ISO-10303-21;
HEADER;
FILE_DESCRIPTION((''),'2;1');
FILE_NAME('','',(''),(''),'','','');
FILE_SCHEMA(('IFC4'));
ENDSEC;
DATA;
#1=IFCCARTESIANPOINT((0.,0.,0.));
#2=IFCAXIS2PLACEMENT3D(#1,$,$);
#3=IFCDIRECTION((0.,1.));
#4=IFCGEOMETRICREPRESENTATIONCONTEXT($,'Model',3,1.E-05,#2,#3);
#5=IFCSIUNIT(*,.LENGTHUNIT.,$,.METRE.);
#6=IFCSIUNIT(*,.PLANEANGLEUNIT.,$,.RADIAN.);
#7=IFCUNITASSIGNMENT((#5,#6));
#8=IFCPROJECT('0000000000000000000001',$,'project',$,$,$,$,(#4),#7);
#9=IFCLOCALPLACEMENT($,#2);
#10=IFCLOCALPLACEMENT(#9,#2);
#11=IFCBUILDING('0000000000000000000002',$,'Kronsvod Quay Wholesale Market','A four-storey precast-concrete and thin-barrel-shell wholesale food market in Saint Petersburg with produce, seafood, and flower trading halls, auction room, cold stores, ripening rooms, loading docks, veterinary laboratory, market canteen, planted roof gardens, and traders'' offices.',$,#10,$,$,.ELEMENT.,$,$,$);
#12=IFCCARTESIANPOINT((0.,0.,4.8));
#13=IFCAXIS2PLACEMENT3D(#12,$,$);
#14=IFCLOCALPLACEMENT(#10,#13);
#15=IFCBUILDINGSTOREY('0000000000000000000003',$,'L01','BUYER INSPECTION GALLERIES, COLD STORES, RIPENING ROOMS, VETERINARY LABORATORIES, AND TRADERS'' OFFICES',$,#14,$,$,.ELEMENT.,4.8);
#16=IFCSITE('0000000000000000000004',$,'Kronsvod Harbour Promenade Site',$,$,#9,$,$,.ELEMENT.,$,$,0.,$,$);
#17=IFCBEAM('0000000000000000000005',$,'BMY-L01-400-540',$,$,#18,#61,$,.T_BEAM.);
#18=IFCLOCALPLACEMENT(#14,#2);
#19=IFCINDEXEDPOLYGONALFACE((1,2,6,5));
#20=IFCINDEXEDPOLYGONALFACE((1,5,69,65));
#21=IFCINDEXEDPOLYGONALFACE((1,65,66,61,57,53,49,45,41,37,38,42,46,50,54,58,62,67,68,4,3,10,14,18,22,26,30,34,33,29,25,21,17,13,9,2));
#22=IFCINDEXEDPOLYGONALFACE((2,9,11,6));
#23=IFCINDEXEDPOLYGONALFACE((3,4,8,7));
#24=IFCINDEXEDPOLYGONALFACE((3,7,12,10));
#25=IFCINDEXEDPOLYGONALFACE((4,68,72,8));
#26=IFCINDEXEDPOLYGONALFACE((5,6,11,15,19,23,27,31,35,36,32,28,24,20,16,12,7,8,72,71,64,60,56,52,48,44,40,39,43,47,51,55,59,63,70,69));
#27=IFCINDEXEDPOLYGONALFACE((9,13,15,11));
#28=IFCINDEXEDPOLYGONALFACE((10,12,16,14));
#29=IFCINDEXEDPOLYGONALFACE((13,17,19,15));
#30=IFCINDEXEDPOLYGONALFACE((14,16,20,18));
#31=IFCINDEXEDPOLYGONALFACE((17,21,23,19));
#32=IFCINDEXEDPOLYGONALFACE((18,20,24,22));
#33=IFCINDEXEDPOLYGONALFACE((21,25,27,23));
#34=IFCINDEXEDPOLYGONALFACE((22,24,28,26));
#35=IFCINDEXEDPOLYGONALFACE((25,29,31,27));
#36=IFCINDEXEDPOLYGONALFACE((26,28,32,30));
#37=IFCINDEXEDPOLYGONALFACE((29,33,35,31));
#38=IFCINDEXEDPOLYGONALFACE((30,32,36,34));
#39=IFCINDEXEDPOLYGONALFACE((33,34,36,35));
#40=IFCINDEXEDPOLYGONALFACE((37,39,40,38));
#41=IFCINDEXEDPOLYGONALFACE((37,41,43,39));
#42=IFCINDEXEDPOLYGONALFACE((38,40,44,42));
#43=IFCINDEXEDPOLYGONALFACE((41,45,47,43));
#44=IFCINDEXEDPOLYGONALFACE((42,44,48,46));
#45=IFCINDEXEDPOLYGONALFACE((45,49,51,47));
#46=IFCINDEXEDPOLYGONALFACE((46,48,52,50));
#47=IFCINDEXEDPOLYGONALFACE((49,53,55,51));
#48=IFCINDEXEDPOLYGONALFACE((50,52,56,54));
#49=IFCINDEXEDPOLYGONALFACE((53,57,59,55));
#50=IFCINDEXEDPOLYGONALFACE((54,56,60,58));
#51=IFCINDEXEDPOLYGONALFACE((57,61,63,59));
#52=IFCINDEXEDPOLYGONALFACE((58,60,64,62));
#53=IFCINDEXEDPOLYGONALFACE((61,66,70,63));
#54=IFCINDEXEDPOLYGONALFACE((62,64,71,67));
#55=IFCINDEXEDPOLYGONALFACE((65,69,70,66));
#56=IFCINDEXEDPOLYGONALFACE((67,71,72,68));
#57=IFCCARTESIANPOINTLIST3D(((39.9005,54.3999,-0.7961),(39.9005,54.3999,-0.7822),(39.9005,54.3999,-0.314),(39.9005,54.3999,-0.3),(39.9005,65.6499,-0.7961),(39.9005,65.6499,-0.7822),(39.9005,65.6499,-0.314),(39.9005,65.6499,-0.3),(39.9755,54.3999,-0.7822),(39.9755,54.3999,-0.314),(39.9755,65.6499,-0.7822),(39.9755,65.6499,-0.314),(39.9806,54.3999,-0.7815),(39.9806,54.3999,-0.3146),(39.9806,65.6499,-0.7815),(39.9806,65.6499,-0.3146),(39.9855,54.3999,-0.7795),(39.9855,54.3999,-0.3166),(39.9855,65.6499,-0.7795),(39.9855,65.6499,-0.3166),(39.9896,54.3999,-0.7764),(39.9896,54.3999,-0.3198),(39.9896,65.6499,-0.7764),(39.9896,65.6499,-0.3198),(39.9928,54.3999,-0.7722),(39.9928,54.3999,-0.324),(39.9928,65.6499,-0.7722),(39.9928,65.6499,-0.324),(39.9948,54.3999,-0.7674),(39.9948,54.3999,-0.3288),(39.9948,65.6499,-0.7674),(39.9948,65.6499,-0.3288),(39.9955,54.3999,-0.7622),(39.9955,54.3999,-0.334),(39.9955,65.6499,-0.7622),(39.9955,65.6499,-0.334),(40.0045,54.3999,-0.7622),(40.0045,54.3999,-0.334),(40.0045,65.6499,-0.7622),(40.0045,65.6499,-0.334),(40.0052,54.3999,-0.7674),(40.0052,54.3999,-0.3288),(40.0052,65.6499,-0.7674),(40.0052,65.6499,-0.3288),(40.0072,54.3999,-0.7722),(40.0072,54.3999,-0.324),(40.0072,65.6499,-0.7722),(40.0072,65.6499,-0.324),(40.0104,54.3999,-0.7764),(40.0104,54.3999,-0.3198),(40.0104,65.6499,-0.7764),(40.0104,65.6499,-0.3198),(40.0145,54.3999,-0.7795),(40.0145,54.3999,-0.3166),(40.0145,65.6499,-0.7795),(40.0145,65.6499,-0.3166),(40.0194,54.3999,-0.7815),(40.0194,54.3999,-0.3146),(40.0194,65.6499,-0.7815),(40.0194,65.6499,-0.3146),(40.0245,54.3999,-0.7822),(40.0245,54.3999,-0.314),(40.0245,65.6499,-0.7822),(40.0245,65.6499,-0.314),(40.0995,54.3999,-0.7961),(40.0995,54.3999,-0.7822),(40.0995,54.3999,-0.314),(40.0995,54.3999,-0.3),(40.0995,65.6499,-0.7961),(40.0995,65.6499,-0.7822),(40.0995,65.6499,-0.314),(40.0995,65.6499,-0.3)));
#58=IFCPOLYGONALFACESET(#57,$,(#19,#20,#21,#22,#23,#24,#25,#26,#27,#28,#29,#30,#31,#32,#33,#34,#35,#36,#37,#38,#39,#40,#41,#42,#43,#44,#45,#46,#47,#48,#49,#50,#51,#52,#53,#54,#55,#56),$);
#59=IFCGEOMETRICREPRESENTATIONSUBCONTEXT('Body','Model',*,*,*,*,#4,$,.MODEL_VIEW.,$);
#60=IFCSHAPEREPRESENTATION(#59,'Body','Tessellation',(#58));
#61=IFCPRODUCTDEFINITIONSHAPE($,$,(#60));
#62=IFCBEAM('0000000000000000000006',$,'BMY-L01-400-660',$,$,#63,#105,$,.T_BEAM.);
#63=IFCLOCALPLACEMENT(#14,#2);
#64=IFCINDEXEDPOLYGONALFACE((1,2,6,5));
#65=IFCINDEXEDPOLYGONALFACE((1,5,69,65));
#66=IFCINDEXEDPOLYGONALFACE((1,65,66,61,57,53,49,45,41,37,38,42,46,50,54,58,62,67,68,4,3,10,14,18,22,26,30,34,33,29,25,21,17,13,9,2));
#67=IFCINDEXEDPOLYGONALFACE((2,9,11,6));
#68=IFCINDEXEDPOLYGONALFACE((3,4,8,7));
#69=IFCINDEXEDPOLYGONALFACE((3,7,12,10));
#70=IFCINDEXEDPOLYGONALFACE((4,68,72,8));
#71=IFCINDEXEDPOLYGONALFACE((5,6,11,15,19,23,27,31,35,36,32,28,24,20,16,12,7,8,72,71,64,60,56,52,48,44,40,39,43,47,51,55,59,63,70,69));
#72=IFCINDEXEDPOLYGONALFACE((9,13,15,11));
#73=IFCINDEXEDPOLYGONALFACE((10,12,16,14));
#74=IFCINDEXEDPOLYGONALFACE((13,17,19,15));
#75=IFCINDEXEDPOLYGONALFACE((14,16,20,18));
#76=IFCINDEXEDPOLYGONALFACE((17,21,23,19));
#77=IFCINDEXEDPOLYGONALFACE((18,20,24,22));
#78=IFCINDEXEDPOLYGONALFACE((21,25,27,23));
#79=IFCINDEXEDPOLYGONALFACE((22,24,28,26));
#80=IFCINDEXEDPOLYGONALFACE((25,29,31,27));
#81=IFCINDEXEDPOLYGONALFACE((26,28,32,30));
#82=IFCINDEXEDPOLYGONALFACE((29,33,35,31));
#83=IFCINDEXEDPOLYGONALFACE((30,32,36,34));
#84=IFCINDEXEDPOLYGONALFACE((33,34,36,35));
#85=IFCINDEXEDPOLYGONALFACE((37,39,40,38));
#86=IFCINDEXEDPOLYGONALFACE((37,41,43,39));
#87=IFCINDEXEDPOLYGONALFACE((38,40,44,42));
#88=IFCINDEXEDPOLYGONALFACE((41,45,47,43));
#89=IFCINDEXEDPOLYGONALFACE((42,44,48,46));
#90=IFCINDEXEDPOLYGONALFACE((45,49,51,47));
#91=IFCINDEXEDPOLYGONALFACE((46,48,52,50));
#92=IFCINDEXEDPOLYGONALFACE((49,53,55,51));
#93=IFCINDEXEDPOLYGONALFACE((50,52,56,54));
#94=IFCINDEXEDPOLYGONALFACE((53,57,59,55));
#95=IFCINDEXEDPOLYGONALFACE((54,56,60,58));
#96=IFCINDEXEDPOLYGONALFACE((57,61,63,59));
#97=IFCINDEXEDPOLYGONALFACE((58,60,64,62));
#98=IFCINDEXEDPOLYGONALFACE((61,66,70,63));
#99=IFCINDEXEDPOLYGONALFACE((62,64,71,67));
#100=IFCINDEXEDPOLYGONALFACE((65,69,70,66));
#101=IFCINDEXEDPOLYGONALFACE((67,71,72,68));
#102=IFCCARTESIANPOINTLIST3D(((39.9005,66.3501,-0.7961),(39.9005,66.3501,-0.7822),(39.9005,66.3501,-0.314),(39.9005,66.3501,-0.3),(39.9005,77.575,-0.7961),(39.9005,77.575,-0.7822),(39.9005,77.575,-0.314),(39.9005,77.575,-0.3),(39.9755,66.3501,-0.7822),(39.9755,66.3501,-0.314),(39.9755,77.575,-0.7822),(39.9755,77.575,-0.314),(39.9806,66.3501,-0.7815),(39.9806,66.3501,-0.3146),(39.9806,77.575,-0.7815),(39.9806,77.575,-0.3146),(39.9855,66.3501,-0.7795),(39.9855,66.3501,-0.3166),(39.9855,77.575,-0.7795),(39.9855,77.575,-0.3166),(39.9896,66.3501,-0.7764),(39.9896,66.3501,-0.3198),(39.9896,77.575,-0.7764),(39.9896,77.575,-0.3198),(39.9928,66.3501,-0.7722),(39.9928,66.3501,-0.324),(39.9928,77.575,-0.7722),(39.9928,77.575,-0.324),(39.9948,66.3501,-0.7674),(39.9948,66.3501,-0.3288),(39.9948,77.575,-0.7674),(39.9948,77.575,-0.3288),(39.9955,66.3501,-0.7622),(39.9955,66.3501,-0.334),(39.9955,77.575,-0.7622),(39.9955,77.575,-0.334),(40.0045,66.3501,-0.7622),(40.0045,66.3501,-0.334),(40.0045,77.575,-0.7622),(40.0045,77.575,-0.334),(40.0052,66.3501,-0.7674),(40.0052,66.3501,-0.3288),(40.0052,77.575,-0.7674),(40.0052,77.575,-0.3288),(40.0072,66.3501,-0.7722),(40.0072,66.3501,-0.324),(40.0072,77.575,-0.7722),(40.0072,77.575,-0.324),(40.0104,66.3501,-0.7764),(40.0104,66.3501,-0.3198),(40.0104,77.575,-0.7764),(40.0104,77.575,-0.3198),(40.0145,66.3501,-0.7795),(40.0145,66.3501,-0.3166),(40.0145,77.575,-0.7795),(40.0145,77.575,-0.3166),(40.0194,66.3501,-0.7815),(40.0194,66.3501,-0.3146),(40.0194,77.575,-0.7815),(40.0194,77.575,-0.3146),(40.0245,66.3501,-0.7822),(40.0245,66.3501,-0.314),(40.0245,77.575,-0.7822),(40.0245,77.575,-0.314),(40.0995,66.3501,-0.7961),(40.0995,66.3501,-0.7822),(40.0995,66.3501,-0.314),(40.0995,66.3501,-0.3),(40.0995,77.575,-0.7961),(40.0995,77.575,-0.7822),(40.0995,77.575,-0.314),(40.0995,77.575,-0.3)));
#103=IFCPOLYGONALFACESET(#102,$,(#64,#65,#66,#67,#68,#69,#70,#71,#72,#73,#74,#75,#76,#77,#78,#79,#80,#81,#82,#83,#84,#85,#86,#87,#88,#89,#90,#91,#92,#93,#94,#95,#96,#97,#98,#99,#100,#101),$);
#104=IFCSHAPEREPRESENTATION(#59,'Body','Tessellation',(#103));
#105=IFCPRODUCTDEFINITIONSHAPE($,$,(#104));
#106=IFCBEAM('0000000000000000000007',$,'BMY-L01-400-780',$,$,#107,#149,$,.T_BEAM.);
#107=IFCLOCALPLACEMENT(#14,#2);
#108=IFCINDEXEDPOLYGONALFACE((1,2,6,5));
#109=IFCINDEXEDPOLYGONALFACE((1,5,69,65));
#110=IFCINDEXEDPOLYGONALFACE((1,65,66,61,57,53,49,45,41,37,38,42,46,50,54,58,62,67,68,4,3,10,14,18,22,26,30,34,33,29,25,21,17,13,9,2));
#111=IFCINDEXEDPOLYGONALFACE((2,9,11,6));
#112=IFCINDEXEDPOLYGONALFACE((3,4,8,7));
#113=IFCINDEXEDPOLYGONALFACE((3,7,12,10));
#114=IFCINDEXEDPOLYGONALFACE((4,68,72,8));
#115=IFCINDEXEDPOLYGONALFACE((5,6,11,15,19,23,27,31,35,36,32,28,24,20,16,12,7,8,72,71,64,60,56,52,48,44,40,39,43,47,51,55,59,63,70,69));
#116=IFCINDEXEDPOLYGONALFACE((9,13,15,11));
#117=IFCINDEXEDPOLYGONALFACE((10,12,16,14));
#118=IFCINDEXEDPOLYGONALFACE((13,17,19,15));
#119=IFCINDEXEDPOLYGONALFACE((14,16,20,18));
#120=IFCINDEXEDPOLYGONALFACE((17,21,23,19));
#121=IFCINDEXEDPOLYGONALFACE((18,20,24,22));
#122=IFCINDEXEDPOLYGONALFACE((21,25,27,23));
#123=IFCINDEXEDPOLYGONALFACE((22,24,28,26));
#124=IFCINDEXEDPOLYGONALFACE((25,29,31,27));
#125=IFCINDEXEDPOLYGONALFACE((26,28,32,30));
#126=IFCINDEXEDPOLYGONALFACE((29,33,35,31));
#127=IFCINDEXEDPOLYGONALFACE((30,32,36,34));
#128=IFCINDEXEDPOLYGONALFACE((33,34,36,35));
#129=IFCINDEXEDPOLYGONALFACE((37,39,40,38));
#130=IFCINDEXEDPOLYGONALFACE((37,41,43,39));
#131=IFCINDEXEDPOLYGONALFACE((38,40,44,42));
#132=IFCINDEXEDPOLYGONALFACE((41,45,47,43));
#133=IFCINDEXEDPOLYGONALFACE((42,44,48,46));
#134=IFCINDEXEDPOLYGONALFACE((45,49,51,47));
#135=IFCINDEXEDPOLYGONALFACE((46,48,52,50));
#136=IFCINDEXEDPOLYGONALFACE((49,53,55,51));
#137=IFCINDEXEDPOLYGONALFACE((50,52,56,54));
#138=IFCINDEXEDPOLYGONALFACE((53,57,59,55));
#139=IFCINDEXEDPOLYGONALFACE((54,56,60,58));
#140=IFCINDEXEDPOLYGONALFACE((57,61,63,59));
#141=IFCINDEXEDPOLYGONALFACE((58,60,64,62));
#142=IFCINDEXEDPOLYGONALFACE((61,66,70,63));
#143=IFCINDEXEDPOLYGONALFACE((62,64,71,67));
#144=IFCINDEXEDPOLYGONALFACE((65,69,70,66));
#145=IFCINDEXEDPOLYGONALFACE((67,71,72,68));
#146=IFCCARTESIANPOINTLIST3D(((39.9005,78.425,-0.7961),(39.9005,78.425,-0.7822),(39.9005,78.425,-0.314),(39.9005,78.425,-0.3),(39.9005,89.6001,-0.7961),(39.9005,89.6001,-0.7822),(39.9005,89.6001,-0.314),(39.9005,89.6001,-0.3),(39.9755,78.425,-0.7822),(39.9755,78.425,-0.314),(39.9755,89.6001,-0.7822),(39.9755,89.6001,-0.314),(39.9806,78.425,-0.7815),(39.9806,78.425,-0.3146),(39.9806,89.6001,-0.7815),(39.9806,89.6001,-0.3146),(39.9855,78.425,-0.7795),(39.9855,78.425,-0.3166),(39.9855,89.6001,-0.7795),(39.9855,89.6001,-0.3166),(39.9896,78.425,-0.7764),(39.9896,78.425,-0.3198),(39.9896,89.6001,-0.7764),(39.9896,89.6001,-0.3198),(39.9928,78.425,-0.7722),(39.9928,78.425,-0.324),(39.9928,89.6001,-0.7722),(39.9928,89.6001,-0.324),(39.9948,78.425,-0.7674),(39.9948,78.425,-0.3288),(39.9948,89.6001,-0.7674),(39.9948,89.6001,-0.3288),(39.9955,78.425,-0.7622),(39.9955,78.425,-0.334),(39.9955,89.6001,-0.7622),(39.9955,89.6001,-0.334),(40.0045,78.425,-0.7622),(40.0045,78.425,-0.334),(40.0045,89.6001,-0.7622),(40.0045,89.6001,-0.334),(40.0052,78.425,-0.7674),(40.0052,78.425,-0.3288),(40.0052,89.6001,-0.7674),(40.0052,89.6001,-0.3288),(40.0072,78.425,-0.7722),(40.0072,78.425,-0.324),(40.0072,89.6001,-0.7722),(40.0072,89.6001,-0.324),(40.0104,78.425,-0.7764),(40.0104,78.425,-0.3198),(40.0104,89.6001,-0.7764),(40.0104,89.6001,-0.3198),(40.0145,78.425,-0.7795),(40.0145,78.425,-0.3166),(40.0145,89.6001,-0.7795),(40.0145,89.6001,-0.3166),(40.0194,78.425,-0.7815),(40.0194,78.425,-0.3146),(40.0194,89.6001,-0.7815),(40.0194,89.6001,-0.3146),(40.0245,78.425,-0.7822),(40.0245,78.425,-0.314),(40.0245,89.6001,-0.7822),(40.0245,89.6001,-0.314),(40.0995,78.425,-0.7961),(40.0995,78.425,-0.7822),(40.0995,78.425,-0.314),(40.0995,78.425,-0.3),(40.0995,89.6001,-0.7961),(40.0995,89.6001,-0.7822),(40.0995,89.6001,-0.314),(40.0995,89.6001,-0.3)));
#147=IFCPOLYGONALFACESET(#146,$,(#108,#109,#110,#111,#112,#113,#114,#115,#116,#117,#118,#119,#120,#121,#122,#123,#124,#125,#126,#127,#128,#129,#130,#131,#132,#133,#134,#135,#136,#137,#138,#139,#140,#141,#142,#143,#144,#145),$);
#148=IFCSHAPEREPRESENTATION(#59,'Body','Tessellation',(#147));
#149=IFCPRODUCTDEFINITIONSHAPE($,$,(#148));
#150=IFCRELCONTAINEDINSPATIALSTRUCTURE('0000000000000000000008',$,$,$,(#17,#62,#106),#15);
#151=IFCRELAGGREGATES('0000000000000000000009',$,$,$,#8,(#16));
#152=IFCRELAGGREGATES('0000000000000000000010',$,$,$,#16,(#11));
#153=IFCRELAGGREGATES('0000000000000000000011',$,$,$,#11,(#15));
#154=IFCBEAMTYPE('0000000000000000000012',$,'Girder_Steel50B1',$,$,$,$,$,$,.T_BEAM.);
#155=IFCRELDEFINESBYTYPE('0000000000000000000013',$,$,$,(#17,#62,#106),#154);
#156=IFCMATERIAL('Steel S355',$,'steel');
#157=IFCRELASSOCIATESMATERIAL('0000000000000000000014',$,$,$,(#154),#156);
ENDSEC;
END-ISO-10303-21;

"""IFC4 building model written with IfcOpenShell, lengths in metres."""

from ifc_helpers import new_model, si_unit, direction, frame, origin, origin_2d, place, context, subcontext, project, spatial, i_section, extrude, material, material_profile, profile_set, type_object, element, save


model = new_model("IFC4")

# Units and contexts
model_context = context("Model", 3, precision=1e-05, world=origin(), true_north=direction((0.0, 1.0)))
body_context = subcontext(model_context, "Body", "Model", "MODEL_VIEW")
ifc_project = project(units=[si_unit("LENGTHUNIT", "METRE"), si_unit("PLANEANGLEUNIT", "RADIAN")], contexts=[model_context])

# Site, building, storey
site_placement = place(None, origin())
site = spatial("IfcSite", under=ifc_project, at=site_placement, Name="Kronsvod Harbour Promenade Site", CompositionType="ELEMENT", RefElevation=0.0)
building_placement = place(site_placement, origin())
building = spatial("IfcBuilding", under=site, at=building_placement, Name="Kronsvod Quay Wholesale Market", Description="A four-storey precast-concrete and thin-barrel-shell wholesale food market in Saint Petersburg with produce, seafood, and flower trading halls, auction room, cold stores, ripening rooms, loading docks, veterinary laboratory, market canteen, planted roof gardens, and traders' offices.", CompositionType="ELEMENT")
storey_placement = place(building_placement, frame((0.0, 0.0, 4.8)))
storey = spatial("IfcBuildingStorey", under=building, at=storey_placement, Name="L01", Description="BUYER INSPECTION GALLERIES, COLD STORES, RIPENING ROOMS, VETERINARY LABORATORIES, AND TRADERS' OFFICES", CompositionType="ELEMENT", Elevation=4.8)

# Beams
ifc_material_1 = material(Name="Steel S355", Category="steel")
ifc_material_profile_1 = material_profile(ifc_material_1, i_section(OverallWidth=0.199, OverallDepth=0.4961, WebThickness=0.009, FlangeThickness=0.0139, FilletRadius=0.02, at=origin_2d()), Name="50B1")
ifc_profile_set_1 = profile_set([ifc_material_profile_1], Name="Steel S355")
beam_type_1 = type_object("IfcBeamType", Name="Girder_Steel50B1", PredefinedType="T_BEAM", material=ifc_profile_set_1)
beam_1_placement = place(storey_placement, frame((40.0, 54.3999, -0.5481), z_axis=(0.0, 1.0, 0.0), x_axis=(-1.0, 0.0, 0.0)))
element("IfcBeam", 1, at=beam_1_placement, inside=storey, type_object=beam_type_1, Name="BMY-L01-400-540", PredefinedType="T_BEAM", context=body_context, shape_type="SweptSolid", body=[
    extrude(i_section(OverallWidth=0.199, OverallDepth=0.4961, WebThickness=0.009, FlangeThickness=0.0139, FilletRadius=0.02, at=origin_2d()), origin(), (0.0, 0.0, 1.0), 11.25),
])
beam_2_placement = place(storey_placement, frame((40.0, 66.3501, -0.5481), z_axis=(0.0, 1.0, 0.0), x_axis=(-1.0, 0.0, 0.0)))
element("IfcBeam", 2, at=beam_2_placement, inside=storey, type_object=beam_type_1, Name="BMY-L01-400-660", PredefinedType="T_BEAM", context=body_context, shape_type="SweptSolid", body=[
    extrude(i_section(OverallWidth=0.199, OverallDepth=0.4961, WebThickness=0.009, FlangeThickness=0.0139, FilletRadius=0.02, at=origin_2d()), origin(), (0.0, 0.0, 1.0), 11.2249),
])
beam_3_placement = place(storey_placement, frame((40.0, 78.425, -0.5481), z_axis=(0.0, 1.0, 0.0), x_axis=(-1.0, 0.0, 0.0)))
element("IfcBeam", 3, at=beam_3_placement, inside=storey, type_object=beam_type_1, Name="BMY-L01-400-780", PredefinedType="T_BEAM", context=body_context, shape_type="SweptSolid", body=[
    extrude(i_section(OverallWidth=0.199, OverallDepth=0.4961, WebThickness=0.009, FlangeThickness=0.0139, FilletRadius=0.02, at=origin_2d()), origin(), (0.0, 0.0, 1.0), 11.175),
])

save(model, "model.ifc")
